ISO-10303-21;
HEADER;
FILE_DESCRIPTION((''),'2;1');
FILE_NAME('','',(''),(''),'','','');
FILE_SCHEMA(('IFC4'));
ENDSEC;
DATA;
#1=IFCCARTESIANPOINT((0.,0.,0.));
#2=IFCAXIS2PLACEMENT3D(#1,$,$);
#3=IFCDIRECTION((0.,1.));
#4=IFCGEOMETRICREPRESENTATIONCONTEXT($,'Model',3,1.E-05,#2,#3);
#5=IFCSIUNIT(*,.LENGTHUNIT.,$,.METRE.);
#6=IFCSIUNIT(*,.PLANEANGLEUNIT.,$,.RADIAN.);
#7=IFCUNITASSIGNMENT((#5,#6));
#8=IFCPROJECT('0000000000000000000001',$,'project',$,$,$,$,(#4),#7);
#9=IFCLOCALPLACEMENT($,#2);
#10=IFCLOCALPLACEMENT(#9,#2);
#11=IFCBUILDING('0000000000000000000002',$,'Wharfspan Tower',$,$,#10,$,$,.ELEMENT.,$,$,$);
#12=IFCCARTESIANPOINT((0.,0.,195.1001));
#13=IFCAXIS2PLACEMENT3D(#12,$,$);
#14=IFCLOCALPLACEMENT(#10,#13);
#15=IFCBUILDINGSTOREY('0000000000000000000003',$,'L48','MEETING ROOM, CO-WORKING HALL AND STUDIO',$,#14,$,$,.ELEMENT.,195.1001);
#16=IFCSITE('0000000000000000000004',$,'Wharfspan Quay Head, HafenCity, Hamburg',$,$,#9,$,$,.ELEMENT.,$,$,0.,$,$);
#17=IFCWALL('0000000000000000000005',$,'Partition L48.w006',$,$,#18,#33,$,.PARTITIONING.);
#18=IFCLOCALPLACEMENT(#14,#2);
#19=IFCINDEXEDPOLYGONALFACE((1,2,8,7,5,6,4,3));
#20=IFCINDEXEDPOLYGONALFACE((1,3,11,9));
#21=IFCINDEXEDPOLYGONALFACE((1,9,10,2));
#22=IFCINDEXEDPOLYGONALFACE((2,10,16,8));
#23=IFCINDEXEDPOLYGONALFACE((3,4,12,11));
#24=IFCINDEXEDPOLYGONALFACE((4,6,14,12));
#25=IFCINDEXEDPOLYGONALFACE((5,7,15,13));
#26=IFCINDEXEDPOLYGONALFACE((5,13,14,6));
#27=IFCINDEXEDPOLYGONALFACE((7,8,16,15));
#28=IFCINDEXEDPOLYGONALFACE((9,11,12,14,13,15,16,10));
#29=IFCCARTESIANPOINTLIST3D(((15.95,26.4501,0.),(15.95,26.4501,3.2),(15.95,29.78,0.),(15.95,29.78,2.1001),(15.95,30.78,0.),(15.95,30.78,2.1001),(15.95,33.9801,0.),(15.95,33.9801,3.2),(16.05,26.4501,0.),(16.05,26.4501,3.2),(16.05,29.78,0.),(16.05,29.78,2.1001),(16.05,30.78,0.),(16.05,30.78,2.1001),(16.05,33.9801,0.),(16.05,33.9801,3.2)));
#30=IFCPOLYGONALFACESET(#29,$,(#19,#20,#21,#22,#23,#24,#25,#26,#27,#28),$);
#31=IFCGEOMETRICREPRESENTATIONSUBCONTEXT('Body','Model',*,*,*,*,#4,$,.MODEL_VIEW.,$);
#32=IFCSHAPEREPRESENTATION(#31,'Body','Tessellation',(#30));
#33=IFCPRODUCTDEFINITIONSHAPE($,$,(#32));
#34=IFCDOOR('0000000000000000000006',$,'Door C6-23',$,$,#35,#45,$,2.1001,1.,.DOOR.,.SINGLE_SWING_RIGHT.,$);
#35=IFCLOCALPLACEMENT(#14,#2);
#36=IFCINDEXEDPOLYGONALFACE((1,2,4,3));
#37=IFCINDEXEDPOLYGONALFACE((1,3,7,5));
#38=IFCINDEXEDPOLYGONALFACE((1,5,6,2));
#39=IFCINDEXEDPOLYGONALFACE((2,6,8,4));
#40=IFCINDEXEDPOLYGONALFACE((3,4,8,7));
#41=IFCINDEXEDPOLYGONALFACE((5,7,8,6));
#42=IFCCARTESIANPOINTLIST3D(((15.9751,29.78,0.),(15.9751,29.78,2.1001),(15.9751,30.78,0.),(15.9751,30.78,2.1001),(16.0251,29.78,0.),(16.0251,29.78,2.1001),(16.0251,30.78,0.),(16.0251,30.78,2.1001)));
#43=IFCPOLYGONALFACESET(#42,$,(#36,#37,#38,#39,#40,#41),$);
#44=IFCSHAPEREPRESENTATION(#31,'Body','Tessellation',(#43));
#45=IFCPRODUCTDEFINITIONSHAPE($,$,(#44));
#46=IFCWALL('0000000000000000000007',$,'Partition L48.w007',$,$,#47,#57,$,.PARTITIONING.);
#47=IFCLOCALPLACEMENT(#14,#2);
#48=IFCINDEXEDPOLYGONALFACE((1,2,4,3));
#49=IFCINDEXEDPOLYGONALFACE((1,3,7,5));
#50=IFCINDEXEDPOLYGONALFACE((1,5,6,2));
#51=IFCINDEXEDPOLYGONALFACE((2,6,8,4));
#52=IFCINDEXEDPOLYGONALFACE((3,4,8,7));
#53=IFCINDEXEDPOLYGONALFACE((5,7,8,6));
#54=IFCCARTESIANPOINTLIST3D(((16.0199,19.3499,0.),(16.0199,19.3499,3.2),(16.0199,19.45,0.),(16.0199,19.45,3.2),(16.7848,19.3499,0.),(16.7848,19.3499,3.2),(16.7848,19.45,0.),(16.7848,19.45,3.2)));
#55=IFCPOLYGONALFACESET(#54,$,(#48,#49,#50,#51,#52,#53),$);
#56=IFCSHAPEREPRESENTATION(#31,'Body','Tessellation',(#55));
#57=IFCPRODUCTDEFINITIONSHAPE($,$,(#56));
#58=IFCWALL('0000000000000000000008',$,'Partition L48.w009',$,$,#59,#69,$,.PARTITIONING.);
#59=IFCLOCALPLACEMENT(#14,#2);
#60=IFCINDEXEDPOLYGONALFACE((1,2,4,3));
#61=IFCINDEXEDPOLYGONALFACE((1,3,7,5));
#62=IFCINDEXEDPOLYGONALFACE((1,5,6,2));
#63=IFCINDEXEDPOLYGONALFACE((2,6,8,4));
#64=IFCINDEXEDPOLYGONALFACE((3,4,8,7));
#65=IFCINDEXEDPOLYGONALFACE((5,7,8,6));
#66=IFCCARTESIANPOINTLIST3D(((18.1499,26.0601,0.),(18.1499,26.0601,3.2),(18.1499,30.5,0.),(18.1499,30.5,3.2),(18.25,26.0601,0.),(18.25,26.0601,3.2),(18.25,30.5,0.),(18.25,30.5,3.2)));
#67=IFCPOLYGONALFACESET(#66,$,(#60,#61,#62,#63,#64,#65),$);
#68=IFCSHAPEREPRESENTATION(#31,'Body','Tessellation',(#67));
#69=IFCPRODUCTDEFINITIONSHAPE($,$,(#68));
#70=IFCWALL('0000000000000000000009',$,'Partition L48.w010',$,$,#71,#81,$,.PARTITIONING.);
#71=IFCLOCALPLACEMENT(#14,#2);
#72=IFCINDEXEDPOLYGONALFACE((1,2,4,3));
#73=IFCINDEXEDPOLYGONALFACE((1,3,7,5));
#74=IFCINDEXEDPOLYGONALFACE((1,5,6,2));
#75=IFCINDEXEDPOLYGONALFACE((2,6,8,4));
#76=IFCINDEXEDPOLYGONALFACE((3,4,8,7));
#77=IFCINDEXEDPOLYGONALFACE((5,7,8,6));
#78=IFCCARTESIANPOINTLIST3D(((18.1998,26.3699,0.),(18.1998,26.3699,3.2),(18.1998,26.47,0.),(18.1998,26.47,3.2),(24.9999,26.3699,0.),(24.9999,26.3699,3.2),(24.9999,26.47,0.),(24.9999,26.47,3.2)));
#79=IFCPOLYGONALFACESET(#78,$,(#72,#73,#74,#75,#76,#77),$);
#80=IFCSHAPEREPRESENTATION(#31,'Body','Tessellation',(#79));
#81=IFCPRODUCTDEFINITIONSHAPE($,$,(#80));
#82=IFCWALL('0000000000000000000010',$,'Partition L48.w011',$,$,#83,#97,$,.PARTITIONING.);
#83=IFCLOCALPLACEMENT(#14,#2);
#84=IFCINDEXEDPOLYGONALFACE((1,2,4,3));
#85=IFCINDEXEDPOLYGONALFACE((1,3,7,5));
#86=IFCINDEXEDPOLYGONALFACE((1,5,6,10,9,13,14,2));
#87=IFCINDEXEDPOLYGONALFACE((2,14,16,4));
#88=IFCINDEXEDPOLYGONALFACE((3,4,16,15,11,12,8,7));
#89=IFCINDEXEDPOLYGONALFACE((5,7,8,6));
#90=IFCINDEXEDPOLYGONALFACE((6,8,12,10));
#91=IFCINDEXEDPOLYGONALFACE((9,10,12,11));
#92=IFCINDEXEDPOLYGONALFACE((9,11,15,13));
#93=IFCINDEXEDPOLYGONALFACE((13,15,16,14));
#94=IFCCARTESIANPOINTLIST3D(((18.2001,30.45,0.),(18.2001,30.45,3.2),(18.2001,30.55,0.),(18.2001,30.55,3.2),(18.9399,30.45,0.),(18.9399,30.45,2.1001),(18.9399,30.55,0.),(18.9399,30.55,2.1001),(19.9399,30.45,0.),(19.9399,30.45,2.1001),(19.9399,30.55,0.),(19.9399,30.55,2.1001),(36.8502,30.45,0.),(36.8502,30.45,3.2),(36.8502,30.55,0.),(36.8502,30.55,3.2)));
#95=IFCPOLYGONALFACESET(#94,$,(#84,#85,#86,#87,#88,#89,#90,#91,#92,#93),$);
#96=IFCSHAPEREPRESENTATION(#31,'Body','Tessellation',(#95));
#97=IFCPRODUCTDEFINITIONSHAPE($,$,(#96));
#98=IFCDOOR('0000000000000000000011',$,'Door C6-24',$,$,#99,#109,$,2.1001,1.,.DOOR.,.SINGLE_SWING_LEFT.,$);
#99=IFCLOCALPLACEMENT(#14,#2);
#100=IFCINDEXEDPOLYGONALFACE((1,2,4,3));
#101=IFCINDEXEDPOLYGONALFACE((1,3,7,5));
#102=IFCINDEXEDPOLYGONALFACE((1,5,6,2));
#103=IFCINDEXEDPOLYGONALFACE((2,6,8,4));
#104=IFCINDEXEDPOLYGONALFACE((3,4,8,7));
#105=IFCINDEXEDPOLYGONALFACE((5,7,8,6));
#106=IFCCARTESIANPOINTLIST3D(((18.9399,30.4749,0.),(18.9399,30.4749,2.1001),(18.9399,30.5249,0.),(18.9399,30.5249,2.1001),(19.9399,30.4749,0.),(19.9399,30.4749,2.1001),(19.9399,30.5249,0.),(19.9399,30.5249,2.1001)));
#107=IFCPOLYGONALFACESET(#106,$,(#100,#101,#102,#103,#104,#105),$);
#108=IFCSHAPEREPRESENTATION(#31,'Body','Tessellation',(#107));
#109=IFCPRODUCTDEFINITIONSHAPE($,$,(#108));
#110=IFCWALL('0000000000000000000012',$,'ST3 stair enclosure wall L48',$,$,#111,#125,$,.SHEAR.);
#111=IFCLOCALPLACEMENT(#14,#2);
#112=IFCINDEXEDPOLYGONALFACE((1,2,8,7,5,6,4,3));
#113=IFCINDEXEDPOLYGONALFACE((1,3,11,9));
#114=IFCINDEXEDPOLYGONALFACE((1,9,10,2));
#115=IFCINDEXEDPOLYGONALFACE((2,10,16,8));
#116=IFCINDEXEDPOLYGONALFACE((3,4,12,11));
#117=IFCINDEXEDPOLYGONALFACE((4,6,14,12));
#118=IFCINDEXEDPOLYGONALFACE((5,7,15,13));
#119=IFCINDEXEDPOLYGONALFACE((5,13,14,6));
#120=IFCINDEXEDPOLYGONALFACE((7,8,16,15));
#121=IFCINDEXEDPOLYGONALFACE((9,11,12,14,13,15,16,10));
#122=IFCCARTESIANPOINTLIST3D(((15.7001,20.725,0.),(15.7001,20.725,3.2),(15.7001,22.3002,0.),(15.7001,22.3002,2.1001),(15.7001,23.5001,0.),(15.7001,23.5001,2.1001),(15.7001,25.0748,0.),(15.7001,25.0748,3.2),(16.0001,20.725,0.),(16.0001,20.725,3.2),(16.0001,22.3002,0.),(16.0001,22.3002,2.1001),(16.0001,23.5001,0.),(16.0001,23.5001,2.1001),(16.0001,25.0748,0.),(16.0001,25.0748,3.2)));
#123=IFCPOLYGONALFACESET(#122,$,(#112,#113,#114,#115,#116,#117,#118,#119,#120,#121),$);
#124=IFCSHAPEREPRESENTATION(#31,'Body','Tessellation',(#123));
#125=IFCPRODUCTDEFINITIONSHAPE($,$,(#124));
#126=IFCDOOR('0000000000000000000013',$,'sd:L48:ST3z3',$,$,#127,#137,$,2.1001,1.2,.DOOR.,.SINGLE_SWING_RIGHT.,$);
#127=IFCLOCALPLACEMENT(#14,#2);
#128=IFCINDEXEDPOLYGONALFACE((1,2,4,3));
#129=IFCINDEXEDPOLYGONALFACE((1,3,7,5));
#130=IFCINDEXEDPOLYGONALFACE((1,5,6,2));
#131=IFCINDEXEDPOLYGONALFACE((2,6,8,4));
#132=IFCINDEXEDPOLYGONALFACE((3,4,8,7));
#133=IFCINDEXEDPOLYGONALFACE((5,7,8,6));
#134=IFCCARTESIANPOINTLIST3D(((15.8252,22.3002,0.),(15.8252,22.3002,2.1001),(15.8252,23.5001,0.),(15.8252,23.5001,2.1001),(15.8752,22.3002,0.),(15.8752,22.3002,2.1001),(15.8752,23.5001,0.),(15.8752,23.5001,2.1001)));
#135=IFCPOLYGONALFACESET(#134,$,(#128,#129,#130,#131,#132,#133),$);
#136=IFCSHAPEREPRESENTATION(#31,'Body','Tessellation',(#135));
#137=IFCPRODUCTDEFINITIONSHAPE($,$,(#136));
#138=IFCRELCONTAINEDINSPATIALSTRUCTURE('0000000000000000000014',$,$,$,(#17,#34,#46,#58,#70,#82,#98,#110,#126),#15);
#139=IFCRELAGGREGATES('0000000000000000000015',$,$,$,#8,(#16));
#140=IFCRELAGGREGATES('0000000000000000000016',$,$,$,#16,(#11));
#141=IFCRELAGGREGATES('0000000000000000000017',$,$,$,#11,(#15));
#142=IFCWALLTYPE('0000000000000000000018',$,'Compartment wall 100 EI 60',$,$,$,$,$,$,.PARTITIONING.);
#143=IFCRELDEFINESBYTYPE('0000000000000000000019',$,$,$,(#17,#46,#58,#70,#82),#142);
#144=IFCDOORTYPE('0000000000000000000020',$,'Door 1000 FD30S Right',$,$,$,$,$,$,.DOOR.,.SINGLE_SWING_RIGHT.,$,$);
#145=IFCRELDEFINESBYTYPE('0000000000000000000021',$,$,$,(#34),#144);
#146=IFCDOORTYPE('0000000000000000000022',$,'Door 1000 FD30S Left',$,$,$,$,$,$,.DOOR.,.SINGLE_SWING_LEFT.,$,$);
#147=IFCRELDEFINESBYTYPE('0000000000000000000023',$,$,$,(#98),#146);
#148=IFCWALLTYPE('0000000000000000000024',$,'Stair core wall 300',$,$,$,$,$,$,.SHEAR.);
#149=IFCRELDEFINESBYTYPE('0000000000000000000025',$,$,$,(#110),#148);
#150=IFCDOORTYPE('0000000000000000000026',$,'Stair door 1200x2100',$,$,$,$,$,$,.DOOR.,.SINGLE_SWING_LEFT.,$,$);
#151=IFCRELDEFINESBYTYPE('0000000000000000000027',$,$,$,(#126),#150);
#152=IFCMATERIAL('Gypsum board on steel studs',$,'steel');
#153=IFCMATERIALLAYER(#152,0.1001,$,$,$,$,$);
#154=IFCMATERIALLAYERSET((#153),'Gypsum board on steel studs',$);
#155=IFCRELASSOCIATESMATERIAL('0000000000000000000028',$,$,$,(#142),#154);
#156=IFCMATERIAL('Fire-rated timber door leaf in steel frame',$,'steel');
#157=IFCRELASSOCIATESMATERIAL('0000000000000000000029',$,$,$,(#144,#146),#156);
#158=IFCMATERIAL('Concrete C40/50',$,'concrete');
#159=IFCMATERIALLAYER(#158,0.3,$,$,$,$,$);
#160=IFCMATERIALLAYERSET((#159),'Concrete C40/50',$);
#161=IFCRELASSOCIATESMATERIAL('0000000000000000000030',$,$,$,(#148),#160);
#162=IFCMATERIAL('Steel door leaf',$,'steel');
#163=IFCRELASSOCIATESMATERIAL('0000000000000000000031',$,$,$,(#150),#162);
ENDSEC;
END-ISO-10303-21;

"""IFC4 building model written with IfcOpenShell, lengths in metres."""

from ifc_helpers import new_model, si_unit, direction, frame, frame_2d, origin, place, context, subcontext, project, spatial, rectangle, extrude, material, layer, layer_set, type_object, element, fill, save


model = new_model("IFC4")

# Units and contexts
model_context = context("Model", 3, precision=1e-05, world=origin(), true_north=direction((0.0, 1.0)))
body_context = subcontext(model_context, "Body", "Model", "MODEL_VIEW")
ifc_project = project(units=[si_unit("LENGTHUNIT", "METRE"), si_unit("PLANEANGLEUNIT", "RADIAN")], contexts=[model_context])

# Site, building, storey
site_placement = place(None, origin())
site = spatial("IfcSite", under=ifc_project, at=site_placement, Name="Wharfspan Quay Head, HafenCity, Hamburg", CompositionType="ELEMENT", RefElevation=0.0)
building_placement = place(site_placement, origin())
building = spatial("IfcBuilding", under=site, at=building_placement, Name="Wharfspan Tower", CompositionType="ELEMENT")
storey_placement = place(building_placement, frame((0.0, 0.0, 195.1001)))
storey = spatial("IfcBuildingStorey", under=building, at=storey_placement, Name="L48", Description="MEETING ROOM, CO-WORKING HALL AND STUDIO", CompositionType="ELEMENT", Elevation=195.1001)

# Wall, opening, door
ifc_material_1 = material(Name="Gypsum board on steel studs", Category="steel")
ifc_layer_1 = layer(ifc_material_1, 0.1001)
ifc_layer_set_1 = layer_set([ifc_layer_1], Name="Gypsum board on steel studs")
wall_type_1 = type_object("IfcWallType", Name="Compartment wall 100 EI 60", PredefinedType="PARTITIONING", material=ifc_layer_set_1)
wall_1_placement = place(storey_placement, frame((16.0, 26.45, 0.0), z_axis=(0.0, 0.0, 1.0), x_axis=(0.0, 1.0, 0.0)))
wall_1 = element("IfcWall", 1, at=wall_1_placement, inside=storey, type_object=wall_type_1, Name="Partition L48.w006", PredefinedType="PARTITIONING", context=body_context, shape_type="SweptSolid", body=[
    extrude(rectangle(XDim=7.53, YDim=0.1001, at=frame_2d((3.7651, 0.0))), origin(), (0.0, 0.0, 1.0), 3.2),
])
opening_1_placement = place(wall_1_placement, frame((3.3301, 0.0, 0.0)))
opening_1 = element("IfcOpeningElement", 2, at=opening_1_placement, cuts=wall_1, PredefinedType="OPENING", context=body_context, shape_type="SweptSolid", body=[
    extrude(rectangle(XDim=1.0, YDim=2.1001, at=frame_2d((0.5, 1.05))), frame((0.0, 0.0601, 0.0), z_axis=(0.0, -1.0, 0.0), x_axis=(1.0, 0.0, 0.0)), (0.0, 0.0, 1.0), 0.1201),
])
ifc_material_2 = material(Name="Fire-rated timber door leaf in steel frame", Category="steel")
door_type_1 = type_object("IfcDoorType", Name="Door 1000 FD30S Right", OperationType="SINGLE_SWING_RIGHT", PredefinedType="DOOR", material=ifc_material_2)
door_1_placement = place(opening_1_placement, origin())
door_1 = element("IfcDoor", 3, at=door_1_placement, inside=storey, type_object=door_type_1, Name="Door C6-23", OperationType="SINGLE_SWING_RIGHT", OverallHeight=2.1001, OverallWidth=1.0, PredefinedType="DOOR", context=body_context, shape_type="SweptSolid", body=[
    extrude(rectangle(XDim=1.0, YDim=2.1001, at=frame_2d((0.5, 1.05))), frame((0.0, 0.0249, 0.0), z_axis=(0.0, -1.0, 0.0), x_axis=(1.0, 0.0, 0.0)), (0.0, 0.0, 1.0), 0.05),
])
fill(opening_1, door_1)

# Walls
wall_2_placement = place(storey_placement, frame((16.02, 19.3999, 0.0), z_axis=(0.0, 0.0, 1.0), x_axis=(1.0, 0.0, 0.0)))
element("IfcWall", 4, at=wall_2_placement, inside=storey, type_object=wall_type_1, Name="Partition L48.w007", PredefinedType="PARTITIONING", context=body_context, shape_type="SweptSolid", body=[
    extrude(rectangle(XDim=0.7649, YDim=0.1001, at=frame_2d((0.3823, 0.0))), origin(), (0.0, 0.0, 1.0), 3.2),
])
wall_3_placement = place(storey_placement, frame((18.2, 26.0601, 0.0), z_axis=(0.0, 0.0, 1.0), x_axis=(0.0, 1.0, 0.0)))
element("IfcWall", 5, at=wall_3_placement, inside=storey, type_object=wall_type_1, Name="Partition L48.w009", PredefinedType="PARTITIONING", context=body_context, shape_type="SweptSolid", body=[
    extrude(rectangle(XDim=4.4399, YDim=0.1001, at=frame_2d((2.22, 0.0))), origin(), (0.0, 0.0, 1.0), 3.2),
])
wall_4_placement = place(storey_placement, frame((18.2, 26.4199, 0.0), z_axis=(0.0, 0.0, 1.0), x_axis=(1.0, 0.0, 0.0)))
element("IfcWall", 6, at=wall_4_placement, inside=storey, type_object=wall_type_1, Name="Partition L48.w010", PredefinedType="PARTITIONING", context=body_context, shape_type="SweptSolid", body=[
    extrude(rectangle(XDim=6.8, YDim=0.1001, at=frame_2d((3.3999, 0.0))), origin(), (0.0, 0.0, 1.0), 3.2),
])

# Walls, openings, doors
wall_5_placement = place(storey_placement, frame((18.2, 30.5, 0.0), z_axis=(0.0, 0.0, 1.0), x_axis=(1.0, 0.0, 0.0)))
wall_5 = element("IfcWall", 7, at=wall_5_placement, inside=storey, type_object=wall_type_1, Name="Partition L48.w011", PredefinedType="PARTITIONING", context=body_context, shape_type="SweptSolid", body=[
    extrude(rectangle(XDim=18.6501, YDim=0.1001, at=frame_2d((9.3252, 0.0))), origin(), (0.0, 0.0, 1.0), 3.2),
])
opening_2_placement = place(wall_5_placement, frame((0.74, 0.0, 0.0)))
opening_2 = element("IfcOpeningElement", 8, at=opening_2_placement, cuts=wall_5, PredefinedType="OPENING", context=body_context, shape_type="SweptSolid", body=[
    extrude(rectangle(XDim=1.0, YDim=2.1001, at=frame_2d((0.5, 1.05))), frame((0.0, 0.0601, 0.0), z_axis=(0.0, -1.0, 0.0), x_axis=(1.0, 0.0, 0.0)), (0.0, 0.0, 1.0), 0.1201),
])
door_type_2 = type_object("IfcDoorType", Name="Door 1000 FD30S Left", OperationType="SINGLE_SWING_LEFT", PredefinedType="DOOR", material=ifc_material_2)
door_2_placement = place(opening_2_placement, origin())
door_2 = element("IfcDoor", 9, at=door_2_placement, inside=storey, type_object=door_type_2, Name="Door C6-24", OperationType="SINGLE_SWING_LEFT", OverallHeight=2.1001, OverallWidth=1.0, PredefinedType="DOOR", context=body_context, shape_type="SweptSolid", body=[
    extrude(rectangle(XDim=1.0, YDim=2.1001, at=frame_2d((0.5, 1.05))), frame((0.0, 0.0249, 0.0), z_axis=(0.0, -1.0, 0.0), x_axis=(1.0, 0.0, 0.0)), (0.0, 0.0, 1.0), 0.05),
])
fill(opening_2, door_2)
ifc_material_3 = material(Name="Concrete C40/50", Category="concrete")
ifc_layer_2 = layer(ifc_material_3, 0.3)
ifc_layer_set_2 = layer_set([ifc_layer_2], Name="Concrete C40/50")
wall_type_2 = type_object("IfcWallType", Name="Stair core wall 300", PredefinedType="SHEAR", material=ifc_layer_set_2)
wall_6_placement = place(storey_placement, frame((15.8501, 20.7251, 0.0), z_axis=(0.0, 0.0, 1.0), x_axis=(0.0, 1.0, 0.0)))
wall_6 = element("IfcWall", 10, at=wall_6_placement, inside=storey, type_object=wall_type_2, Name="ST3 stair enclosure wall L48", PredefinedType="SHEAR", context=body_context, shape_type="SweptSolid", body=[
    extrude(rectangle(XDim=4.3499, YDim=0.3, at=frame_2d((2.1748, 0.0))), origin(), (0.0, 0.0, 1.0), 3.2),
])
opening_3_placement = place(wall_6_placement, frame((1.575, 0.0, 0.0)))
opening_3 = element("IfcOpeningElement", 11, at=opening_3_placement, cuts=wall_6, PredefinedType="OPENING", context=body_context, shape_type="SweptSolid", body=[
    extrude(rectangle(XDim=1.2, YDim=2.1001, at=frame_2d((0.6001, 1.05))), frame((0.0, 0.1599, 0.0), z_axis=(0.0, -1.0, 0.0), x_axis=(1.0, 0.0, 0.0)), (0.0, 0.0, 1.0), 0.3201),
])
ifc_material_4 = material(Name="Steel door leaf", Category="steel")
door_type_3 = type_object("IfcDoorType", Name="Stair door 1200x2100", OperationType="SINGLE_SWING_LEFT", PredefinedType="DOOR", material=ifc_material_4)
door_3_placement = place(opening_3_placement, origin())
door_3 = element("IfcDoor", 12, at=door_3_placement, inside=storey, type_object=door_type_3, Name="sd:L48:ST3z3", OperationType="SINGLE_SWING_RIGHT", OverallHeight=2.1001, OverallWidth=1.2, PredefinedType="DOOR", context=body_context, shape_type="SweptSolid", body=[
    extrude(rectangle(XDim=1.2, YDim=2.1001, at=frame_2d((0.6001, 1.05))), frame((0.0, 0.0249, 0.0), z_axis=(0.0, -1.0, 0.0), x_axis=(1.0, 0.0, 0.0)), (0.0, 0.0, 1.0), 0.05),
])
fill(opening_3, door_3)

save(model, "model.ifc")
